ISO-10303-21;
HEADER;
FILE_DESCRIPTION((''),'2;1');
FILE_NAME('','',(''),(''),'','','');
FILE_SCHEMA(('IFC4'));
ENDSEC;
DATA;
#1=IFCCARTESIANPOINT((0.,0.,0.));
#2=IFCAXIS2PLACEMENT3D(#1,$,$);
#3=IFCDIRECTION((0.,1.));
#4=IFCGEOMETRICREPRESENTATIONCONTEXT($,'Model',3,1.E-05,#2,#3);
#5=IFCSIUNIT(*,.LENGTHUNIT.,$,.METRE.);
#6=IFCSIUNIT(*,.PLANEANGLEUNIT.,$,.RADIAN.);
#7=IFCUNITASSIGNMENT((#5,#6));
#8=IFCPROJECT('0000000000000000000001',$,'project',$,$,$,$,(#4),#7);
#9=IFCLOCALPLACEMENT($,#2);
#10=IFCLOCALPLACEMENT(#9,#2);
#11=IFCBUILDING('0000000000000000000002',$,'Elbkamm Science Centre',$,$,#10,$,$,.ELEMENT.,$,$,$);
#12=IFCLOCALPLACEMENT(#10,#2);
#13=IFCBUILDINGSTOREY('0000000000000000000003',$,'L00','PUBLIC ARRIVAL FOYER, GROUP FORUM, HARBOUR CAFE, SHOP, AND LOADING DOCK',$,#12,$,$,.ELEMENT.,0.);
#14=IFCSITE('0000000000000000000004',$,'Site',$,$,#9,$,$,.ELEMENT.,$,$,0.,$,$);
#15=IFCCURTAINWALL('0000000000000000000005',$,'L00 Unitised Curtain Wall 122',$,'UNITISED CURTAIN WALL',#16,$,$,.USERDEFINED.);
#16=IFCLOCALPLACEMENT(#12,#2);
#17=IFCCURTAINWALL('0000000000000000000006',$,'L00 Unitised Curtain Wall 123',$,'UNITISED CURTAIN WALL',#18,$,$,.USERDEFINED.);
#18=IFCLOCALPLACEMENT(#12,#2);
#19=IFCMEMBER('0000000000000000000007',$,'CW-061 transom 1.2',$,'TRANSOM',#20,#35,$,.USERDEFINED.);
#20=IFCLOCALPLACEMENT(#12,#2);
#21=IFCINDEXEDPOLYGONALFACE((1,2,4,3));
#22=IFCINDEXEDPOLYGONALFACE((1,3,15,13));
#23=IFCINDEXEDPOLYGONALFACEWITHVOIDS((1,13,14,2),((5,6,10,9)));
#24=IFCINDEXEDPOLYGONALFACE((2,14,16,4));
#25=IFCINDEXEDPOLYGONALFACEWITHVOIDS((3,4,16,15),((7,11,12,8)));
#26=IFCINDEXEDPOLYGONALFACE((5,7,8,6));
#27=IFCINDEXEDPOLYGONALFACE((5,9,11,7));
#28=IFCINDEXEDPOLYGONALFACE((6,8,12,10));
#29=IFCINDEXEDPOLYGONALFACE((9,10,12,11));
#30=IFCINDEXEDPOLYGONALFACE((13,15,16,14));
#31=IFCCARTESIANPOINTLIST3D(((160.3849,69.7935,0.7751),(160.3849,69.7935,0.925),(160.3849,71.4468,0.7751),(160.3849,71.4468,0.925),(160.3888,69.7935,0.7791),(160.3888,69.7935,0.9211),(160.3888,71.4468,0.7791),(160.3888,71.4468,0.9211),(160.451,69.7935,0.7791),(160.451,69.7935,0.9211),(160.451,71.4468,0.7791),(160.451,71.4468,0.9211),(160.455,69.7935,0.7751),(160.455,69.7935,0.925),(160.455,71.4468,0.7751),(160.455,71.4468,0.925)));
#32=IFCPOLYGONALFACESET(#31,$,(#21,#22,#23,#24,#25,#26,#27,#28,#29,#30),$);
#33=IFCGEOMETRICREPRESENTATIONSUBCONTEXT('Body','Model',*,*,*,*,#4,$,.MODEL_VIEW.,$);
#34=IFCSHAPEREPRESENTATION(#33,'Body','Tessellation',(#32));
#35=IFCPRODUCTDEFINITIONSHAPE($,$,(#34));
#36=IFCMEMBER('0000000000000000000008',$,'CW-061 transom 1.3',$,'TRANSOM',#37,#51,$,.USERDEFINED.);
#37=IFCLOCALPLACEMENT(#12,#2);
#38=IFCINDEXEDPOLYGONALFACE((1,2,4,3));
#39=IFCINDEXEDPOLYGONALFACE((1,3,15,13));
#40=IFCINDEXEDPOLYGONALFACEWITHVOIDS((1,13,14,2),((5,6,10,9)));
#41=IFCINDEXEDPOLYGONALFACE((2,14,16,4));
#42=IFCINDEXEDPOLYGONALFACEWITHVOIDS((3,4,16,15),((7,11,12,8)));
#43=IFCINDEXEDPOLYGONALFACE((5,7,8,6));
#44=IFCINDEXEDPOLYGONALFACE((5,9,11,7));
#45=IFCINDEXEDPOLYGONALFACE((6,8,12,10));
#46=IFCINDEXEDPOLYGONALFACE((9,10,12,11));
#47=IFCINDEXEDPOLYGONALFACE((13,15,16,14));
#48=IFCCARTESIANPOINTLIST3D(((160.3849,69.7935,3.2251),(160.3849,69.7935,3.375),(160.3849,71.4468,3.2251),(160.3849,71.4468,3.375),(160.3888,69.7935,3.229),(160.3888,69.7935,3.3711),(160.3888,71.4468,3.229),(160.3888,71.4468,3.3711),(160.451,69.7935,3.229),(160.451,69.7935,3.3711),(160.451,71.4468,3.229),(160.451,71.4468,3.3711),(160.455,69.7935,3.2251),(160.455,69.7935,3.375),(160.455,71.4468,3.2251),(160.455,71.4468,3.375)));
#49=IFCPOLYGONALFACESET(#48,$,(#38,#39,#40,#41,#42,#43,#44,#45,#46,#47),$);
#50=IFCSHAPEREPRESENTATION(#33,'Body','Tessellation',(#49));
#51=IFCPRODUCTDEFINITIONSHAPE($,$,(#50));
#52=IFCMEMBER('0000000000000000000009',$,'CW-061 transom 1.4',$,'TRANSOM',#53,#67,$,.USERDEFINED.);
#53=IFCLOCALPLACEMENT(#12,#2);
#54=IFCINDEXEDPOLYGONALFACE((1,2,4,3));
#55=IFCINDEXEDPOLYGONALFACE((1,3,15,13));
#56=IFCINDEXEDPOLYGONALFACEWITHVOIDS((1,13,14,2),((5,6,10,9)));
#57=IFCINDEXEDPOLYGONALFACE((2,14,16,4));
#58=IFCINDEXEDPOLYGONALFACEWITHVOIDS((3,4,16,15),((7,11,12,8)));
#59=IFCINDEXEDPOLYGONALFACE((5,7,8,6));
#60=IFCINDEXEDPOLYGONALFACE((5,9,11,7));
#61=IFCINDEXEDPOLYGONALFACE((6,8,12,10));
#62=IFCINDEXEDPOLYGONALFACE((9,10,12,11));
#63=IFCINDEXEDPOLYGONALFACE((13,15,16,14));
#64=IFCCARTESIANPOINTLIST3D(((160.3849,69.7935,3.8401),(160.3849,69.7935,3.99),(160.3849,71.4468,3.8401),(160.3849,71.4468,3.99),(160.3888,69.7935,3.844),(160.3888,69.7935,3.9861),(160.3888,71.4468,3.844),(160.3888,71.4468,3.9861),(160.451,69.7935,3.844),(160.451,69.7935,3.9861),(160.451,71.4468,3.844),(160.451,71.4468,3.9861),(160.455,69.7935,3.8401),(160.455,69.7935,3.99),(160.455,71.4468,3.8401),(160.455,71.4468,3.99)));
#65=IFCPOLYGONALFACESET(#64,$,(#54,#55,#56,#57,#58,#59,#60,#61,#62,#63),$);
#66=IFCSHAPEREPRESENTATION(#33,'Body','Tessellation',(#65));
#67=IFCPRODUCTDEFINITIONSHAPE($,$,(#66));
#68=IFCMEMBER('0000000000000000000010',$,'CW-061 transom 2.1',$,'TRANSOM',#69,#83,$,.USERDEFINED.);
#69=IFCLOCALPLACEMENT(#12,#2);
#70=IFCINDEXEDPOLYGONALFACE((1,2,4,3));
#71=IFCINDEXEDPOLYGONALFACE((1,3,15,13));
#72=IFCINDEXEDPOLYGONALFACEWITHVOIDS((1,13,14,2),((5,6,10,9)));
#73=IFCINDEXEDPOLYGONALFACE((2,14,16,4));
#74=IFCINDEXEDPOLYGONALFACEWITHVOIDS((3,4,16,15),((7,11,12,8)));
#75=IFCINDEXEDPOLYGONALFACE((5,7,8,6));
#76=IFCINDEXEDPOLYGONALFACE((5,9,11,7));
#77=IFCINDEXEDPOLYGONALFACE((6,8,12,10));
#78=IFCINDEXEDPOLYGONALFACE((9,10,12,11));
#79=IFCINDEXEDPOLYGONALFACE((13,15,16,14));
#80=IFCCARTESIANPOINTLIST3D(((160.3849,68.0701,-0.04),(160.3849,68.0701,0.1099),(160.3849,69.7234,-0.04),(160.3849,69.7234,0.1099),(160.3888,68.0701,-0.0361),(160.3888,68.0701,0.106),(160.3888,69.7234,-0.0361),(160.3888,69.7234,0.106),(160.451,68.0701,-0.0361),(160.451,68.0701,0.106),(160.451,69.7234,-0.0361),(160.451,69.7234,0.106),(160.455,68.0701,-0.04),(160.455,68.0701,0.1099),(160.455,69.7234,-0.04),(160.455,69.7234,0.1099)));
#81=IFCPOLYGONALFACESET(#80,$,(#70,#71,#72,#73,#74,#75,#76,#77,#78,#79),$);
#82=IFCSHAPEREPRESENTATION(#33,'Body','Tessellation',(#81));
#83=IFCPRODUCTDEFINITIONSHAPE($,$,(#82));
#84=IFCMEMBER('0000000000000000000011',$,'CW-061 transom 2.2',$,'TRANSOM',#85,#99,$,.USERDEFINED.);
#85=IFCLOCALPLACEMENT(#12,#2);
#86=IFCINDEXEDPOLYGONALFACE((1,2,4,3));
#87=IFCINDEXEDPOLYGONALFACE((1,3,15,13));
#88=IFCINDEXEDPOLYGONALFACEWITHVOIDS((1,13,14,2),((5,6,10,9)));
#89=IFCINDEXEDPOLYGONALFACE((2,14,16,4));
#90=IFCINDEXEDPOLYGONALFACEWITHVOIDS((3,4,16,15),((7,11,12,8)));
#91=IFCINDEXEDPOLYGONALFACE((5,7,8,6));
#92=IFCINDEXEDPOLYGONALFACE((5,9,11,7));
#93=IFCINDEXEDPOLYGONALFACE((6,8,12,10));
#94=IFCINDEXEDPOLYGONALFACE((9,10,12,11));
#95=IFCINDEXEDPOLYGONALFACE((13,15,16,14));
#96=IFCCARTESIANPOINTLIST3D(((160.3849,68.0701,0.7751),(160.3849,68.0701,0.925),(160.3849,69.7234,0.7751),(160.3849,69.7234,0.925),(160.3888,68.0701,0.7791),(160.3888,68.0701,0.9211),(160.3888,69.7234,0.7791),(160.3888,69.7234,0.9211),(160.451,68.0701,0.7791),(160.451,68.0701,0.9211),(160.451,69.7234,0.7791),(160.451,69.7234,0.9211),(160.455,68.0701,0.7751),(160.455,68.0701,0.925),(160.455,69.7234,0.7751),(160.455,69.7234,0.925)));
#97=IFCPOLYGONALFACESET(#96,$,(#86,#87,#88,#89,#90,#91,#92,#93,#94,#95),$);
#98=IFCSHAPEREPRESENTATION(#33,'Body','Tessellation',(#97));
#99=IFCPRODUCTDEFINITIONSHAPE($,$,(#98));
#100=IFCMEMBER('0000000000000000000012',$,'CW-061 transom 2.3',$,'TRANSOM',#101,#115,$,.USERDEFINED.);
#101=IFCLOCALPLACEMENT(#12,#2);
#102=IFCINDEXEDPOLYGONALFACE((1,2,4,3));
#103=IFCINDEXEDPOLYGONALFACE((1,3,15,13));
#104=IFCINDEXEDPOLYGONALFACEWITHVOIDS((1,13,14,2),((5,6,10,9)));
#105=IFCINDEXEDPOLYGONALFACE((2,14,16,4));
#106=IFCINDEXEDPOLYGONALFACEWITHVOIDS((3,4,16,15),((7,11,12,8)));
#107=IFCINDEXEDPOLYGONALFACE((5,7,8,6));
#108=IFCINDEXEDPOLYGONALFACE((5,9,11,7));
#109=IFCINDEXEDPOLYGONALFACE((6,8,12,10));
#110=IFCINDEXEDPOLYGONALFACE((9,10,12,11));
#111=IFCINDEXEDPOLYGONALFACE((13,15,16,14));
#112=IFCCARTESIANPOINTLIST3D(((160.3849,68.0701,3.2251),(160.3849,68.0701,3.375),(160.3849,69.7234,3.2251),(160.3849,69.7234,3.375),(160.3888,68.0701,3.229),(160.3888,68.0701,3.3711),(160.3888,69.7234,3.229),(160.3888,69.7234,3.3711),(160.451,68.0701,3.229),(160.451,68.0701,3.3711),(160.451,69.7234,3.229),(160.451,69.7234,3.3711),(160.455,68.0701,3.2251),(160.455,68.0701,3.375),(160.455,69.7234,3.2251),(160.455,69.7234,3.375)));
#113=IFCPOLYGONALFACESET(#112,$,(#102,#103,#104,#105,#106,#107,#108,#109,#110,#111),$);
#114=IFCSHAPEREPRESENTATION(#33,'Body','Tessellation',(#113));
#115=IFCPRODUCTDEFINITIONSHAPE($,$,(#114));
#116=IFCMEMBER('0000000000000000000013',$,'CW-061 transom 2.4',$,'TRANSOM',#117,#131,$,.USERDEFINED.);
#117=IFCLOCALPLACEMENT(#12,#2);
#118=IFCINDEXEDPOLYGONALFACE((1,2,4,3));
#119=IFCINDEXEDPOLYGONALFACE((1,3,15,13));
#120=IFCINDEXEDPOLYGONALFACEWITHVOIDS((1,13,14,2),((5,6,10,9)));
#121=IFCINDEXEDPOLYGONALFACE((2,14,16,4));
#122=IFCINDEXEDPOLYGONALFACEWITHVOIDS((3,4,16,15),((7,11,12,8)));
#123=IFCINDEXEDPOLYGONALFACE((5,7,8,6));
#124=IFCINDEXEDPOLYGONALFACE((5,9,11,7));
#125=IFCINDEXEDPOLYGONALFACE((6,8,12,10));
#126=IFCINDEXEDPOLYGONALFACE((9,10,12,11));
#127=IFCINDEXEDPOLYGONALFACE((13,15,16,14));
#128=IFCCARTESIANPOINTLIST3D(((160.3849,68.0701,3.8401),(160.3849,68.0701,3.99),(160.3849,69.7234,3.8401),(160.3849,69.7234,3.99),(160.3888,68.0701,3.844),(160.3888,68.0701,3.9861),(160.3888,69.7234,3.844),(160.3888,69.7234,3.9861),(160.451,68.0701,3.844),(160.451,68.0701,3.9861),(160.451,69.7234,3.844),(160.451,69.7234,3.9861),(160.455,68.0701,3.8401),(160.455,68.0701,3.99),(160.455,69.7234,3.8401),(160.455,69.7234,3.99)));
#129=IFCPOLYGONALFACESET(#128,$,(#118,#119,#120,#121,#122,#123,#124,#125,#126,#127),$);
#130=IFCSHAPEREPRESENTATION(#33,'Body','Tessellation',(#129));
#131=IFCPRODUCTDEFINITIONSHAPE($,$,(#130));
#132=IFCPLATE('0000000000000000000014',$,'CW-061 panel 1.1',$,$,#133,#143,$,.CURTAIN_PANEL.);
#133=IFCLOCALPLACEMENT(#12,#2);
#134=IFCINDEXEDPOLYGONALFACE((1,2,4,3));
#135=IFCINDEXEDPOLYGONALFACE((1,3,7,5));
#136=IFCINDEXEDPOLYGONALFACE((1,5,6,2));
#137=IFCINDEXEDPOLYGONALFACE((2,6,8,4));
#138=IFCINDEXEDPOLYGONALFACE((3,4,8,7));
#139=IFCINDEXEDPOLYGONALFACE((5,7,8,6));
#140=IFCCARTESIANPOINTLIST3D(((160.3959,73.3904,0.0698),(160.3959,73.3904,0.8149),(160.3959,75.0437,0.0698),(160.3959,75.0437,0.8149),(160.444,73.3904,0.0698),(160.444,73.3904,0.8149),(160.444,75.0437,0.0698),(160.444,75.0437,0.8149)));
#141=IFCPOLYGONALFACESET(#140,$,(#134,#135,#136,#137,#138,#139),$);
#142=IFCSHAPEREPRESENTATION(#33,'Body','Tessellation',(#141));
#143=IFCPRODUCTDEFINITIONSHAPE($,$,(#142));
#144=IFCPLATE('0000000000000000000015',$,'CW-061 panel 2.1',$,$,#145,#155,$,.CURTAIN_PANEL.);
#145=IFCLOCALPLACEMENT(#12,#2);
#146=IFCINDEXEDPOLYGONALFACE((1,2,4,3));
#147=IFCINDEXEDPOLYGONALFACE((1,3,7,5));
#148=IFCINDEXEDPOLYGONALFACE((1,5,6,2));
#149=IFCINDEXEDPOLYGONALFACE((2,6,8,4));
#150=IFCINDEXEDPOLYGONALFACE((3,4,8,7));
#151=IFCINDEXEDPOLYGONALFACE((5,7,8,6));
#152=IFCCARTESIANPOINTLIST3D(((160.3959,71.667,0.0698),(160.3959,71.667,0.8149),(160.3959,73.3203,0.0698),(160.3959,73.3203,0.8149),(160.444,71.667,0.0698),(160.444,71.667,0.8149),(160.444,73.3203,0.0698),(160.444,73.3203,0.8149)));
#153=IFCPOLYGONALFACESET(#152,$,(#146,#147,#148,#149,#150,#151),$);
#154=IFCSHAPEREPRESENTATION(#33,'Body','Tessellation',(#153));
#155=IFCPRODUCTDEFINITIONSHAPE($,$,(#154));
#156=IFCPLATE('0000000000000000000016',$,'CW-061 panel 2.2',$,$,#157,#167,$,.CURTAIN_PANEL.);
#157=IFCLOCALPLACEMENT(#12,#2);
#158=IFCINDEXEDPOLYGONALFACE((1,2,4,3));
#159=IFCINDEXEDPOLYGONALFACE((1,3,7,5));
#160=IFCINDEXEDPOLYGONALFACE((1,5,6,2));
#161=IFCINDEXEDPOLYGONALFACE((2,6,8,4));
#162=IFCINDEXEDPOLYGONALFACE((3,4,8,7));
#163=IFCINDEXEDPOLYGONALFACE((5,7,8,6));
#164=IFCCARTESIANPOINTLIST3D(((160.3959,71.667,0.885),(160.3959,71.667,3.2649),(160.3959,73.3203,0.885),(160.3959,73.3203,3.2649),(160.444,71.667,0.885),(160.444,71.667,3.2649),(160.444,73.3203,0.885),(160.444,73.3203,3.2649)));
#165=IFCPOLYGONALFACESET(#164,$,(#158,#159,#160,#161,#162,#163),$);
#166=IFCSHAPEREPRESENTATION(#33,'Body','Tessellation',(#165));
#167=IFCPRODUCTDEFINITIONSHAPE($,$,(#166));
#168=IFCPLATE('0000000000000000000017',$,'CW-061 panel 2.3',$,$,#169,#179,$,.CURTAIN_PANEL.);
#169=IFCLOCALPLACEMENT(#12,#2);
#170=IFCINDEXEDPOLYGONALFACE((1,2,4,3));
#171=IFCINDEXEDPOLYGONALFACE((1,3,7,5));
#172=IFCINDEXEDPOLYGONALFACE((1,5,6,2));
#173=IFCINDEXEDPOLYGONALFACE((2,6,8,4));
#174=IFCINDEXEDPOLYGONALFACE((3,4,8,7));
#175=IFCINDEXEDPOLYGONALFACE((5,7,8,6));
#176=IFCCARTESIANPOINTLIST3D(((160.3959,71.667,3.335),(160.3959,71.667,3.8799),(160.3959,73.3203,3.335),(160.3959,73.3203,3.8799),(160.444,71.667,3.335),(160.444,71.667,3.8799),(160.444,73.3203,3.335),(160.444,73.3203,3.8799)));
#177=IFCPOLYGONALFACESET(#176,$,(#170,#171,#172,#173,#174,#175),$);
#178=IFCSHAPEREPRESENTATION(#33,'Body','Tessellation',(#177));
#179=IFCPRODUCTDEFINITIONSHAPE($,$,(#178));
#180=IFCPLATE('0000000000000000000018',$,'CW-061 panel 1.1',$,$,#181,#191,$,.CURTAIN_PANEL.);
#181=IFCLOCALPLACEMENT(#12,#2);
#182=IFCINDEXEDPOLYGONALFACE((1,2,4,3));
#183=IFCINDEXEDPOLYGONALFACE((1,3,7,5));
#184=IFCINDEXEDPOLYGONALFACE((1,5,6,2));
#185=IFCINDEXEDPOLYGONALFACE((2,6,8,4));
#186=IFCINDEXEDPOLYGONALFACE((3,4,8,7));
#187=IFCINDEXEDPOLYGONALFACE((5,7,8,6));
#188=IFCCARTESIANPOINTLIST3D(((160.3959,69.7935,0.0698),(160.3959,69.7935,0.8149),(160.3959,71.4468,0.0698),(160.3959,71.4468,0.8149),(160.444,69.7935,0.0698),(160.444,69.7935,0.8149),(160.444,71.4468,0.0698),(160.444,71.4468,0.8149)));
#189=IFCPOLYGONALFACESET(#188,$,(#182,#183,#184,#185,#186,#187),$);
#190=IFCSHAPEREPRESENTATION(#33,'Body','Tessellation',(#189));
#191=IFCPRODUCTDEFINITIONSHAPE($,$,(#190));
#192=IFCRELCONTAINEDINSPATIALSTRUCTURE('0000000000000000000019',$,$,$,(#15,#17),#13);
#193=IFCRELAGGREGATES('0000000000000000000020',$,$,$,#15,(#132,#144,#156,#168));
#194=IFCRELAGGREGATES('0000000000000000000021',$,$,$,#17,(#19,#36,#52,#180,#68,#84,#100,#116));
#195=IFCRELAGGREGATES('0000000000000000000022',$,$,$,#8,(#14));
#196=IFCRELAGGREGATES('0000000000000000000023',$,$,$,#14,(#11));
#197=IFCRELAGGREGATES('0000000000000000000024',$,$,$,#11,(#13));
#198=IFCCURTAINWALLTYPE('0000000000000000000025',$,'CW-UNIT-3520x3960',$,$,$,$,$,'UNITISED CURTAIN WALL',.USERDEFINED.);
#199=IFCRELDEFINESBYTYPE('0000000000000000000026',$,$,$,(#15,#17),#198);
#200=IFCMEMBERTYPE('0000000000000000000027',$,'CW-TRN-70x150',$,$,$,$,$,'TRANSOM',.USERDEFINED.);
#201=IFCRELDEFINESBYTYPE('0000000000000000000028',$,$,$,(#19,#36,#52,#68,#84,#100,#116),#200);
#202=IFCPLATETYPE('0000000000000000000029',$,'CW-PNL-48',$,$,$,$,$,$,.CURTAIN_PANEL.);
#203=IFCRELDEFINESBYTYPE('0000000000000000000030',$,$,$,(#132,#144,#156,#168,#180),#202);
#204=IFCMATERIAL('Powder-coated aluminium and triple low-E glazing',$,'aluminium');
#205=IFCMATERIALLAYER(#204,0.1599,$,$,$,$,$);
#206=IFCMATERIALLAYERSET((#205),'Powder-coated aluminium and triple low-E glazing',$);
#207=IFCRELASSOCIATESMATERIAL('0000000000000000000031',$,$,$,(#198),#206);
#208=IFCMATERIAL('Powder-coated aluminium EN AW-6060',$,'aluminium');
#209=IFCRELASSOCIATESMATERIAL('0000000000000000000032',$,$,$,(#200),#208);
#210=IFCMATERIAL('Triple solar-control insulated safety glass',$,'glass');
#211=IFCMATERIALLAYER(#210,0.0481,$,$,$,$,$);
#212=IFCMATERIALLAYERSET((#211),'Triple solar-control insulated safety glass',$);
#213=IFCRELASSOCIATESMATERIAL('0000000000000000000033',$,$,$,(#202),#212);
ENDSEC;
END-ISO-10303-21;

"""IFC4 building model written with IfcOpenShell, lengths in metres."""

from ifc_helpers import new_model, si_unit, direction, frame, origin, origin_2d, place, context, subcontext, project, spatial, rectangle, hollow_rectangle, extrude, material, layer, layer_set, material_profile, profile_set, type_object, element, aggregate, save


model = new_model("IFC4")

# Units and contexts
model_context = context("Model", 3, precision=1e-05, world=origin(), true_north=direction((0.0, 1.0)))
body_context = subcontext(model_context, "Body", "Model", "MODEL_VIEW")
ifc_project = project(units=[si_unit("LENGTHUNIT", "METRE"), si_unit("PLANEANGLEUNIT", "RADIAN")], contexts=[model_context])

# Site, building, storey
site_placement = place(None, origin())
site = spatial("IfcSite", under=ifc_project, at=site_placement, Name="Site", CompositionType="ELEMENT", RefElevation=0.0)
building_placement = place(site_placement, origin())
building = spatial("IfcBuilding", under=site, at=building_placement, Name="Elbkamm Science Centre", CompositionType="ELEMENT")
storey_placement = place(building_placement, origin())
storey = spatial("IfcBuildingStorey", under=building, at=storey_placement, Name="L00", Description="PUBLIC ARRIVAL FOYER, GROUP FORUM, HARBOUR CAFE, SHOP, AND LOADING DOCK", CompositionType="ELEMENT", Elevation=0.0)

# Curtain walls
ifc_material_1 = material(Name="Powder-coated aluminium and triple low-E glazing", Category="aluminium")
ifc_layer_1 = layer(ifc_material_1, 0.1599)
ifc_layer_set_1 = layer_set([ifc_layer_1], Name="Powder-coated aluminium and triple low-E glazing")
curtain_wall_type = type_object("IfcCurtainWallType", Name="CW-UNIT-3520x3960", ElementType="UNITISED CURTAIN WALL", PredefinedType="USERDEFINED", material=ifc_layer_set_1)
curtain_wall_1_placement = place(storey_placement, origin())
curtain_wall_1 = element("IfcCurtainWall", 1, at=curtain_wall_1_placement, inside=storey, type_object=curtain_wall_type, Name="L00 Unitised Curtain Wall 122", ObjectType="UNITISED CURTAIN WALL", PredefinedType="USERDEFINED")
ifc_material_2 = material(Name="Powder-coated aluminium EN AW-6060", Category="aluminium")
curtain_wall_2_placement = place(storey_placement, origin())
curtain_wall_2 = element("IfcCurtainWall", 2, at=curtain_wall_2_placement, inside=storey, type_object=curtain_wall_type, Name="L00 Unitised Curtain Wall 123", ObjectType="UNITISED CURTAIN WALL", PredefinedType="USERDEFINED")

# Members
ifc_material_profile_1 = material_profile(ifc_material_2, hollow_rectangle(XDim=0.0701, YDim=0.1499, WallThickness=0.0039, at=origin_2d()), Name="ALU T70x150")
ifc_profile_set_1 = profile_set([ifc_material_profile_1], Name="Powder-coated aluminium EN AW-6060")
member_type_1 = type_object("IfcMemberType", Name="CW-TRN-70x150", ElementType="TRANSOM", PredefinedType="USERDEFINED", material=ifc_profile_set_1)
member_1_placement = place(storey_placement, frame((160.4199, 71.4468, 0.8501), z_axis=(0.0, -1.0, 0.0), x_axis=(1.0, 0.0, 0.0)))
member_1 = element("IfcMember", 3, at=member_1_placement, type_object=member_type_1, Name="CW-061 transom 1.2", ObjectType="TRANSOM", PredefinedType="USERDEFINED", context=body_context, shape_type="SweptSolid", body=[
    extrude(hollow_rectangle(XDim=0.0701, YDim=0.1499, WallThickness=0.0039, at=origin_2d()), origin(), (0.0, 0.0, 1.0), 1.6533),
])
member_2_placement = place(storey_placement, frame((160.4199, 71.4468, 3.3), z_axis=(0.0, -1.0, 0.0), x_axis=(1.0, 0.0, 0.0)))
member_2 = element("IfcMember", 4, at=member_2_placement, type_object=member_type_1, Name="CW-061 transom 1.3", ObjectType="TRANSOM", PredefinedType="USERDEFINED", context=body_context, shape_type="SweptSolid", body=[
    extrude(hollow_rectangle(XDim=0.0701, YDim=0.1499, WallThickness=0.0039, at=origin_2d()), origin(), (0.0, 0.0, 1.0), 1.6533),
])
member_3_placement = place(storey_placement, frame((160.4199, 71.4468, 3.915), z_axis=(0.0, -1.0, 0.0), x_axis=(1.0, 0.0, 0.0)))
member_3 = element("IfcMember", 5, at=member_3_placement, type_object=member_type_1, Name="CW-061 transom 1.4", ObjectType="TRANSOM", PredefinedType="USERDEFINED", context=body_context, shape_type="SweptSolid", body=[
    extrude(hollow_rectangle(XDim=0.0701, YDim=0.1499, WallThickness=0.0039, at=origin_2d()), origin(), (0.0, 0.0, 1.0), 1.6533),
])
member_4_placement = place(storey_placement, frame((160.4199, 69.7234, 0.0349), z_axis=(0.0, -1.0, 0.0), x_axis=(1.0, 0.0, 0.0)))
member_4 = element("IfcMember", 6, at=member_4_placement, type_object=member_type_1, Name="CW-061 transom 2.1", ObjectType="TRANSOM", PredefinedType="USERDEFINED", context=body_context, shape_type="SweptSolid", body=[
    extrude(hollow_rectangle(XDim=0.0701, YDim=0.1499, WallThickness=0.0039, at=origin_2d()), origin(), (0.0, 0.0, 1.0), 1.6533),
])
member_5_placement = place(storey_placement, frame((160.4199, 69.7234, 0.8501), z_axis=(0.0, -1.0, 0.0), x_axis=(1.0, 0.0, 0.0)))
member_5 = element("IfcMember", 7, at=member_5_placement, type_object=member_type_1, Name="CW-061 transom 2.2", ObjectType="TRANSOM", PredefinedType="USERDEFINED", context=body_context, shape_type="SweptSolid", body=[
    extrude(hollow_rectangle(XDim=0.0701, YDim=0.1499, WallThickness=0.0039, at=origin_2d()), origin(), (0.0, 0.0, 1.0), 1.6533),
])
member_6_placement = place(storey_placement, frame((160.4199, 69.7234, 3.3), z_axis=(0.0, -1.0, 0.0), x_axis=(1.0, 0.0, 0.0)))
member_6 = element("IfcMember", 8, at=member_6_placement, type_object=member_type_1, Name="CW-061 transom 2.3", ObjectType="TRANSOM", PredefinedType="USERDEFINED", context=body_context, shape_type="SweptSolid", body=[
    extrude(hollow_rectangle(XDim=0.0701, YDim=0.1499, WallThickness=0.0039, at=origin_2d()), origin(), (0.0, 0.0, 1.0), 1.6533),
])
member_7_placement = place(storey_placement, frame((160.4199, 69.7234, 3.915), z_axis=(0.0, -1.0, 0.0), x_axis=(1.0, 0.0, 0.0)))
member_7 = element("IfcMember", 9, at=member_7_placement, type_object=member_type_1, Name="CW-061 transom 2.4", ObjectType="TRANSOM", PredefinedType="USERDEFINED", context=body_context, shape_type="SweptSolid", body=[
    extrude(hollow_rectangle(XDim=0.0701, YDim=0.1499, WallThickness=0.0039, at=origin_2d()), origin(), (0.0, 0.0, 1.0), 1.6533),
])

# Plates
ifc_material_3 = material(Name="Triple solar-control insulated safety glass", Category="glass")
ifc_layer_2 = layer(ifc_material_3, 0.0481)
ifc_layer_set_2 = layer_set([ifc_layer_2], Name="Triple solar-control insulated safety glass")
plate_type = type_object("IfcPlateType", Name="CW-PNL-48", PredefinedType="CURTAIN_PANEL", material=ifc_layer_set_2)
plate_1_placement = place(storey_placement, frame((160.4199, 74.217, 0.0698), z_axis=(0.0, 0.0, 1.0), x_axis=(0.0, -1.0, 0.0)))
plate_1 = element("IfcPlate", 10, at=plate_1_placement, type_object=plate_type, Name="CW-061 panel 1.1", PredefinedType="CURTAIN_PANEL", context=body_context, shape_type="SweptSolid", body=[
    extrude(rectangle(XDim=1.6533, YDim=0.0481, at=origin_2d()), origin(), (0.0, 0.0, 1.0), 0.7451),
])
plate_2_placement = place(storey_placement, frame((160.4199, 72.4937, 0.0698), z_axis=(0.0, 0.0, 1.0), x_axis=(0.0, -1.0, 0.0)))
plate_2 = element("IfcPlate", 11, at=plate_2_placement, type_object=plate_type, Name="CW-061 panel 2.1", PredefinedType="CURTAIN_PANEL", context=body_context, shape_type="SweptSolid", body=[
    extrude(rectangle(XDim=1.6533, YDim=0.0481, at=origin_2d()), origin(), (0.0, 0.0, 1.0), 0.7451),
])
plate_3_placement = place(storey_placement, frame((160.4199, 72.4937, 0.885), z_axis=(0.0, 0.0, 1.0), x_axis=(0.0, -1.0, 0.0)))
plate_3 = element("IfcPlate", 12, at=plate_3_placement, type_object=plate_type, Name="CW-061 panel 2.2", PredefinedType="CURTAIN_PANEL", context=body_context, shape_type="SweptSolid", body=[
    extrude(rectangle(XDim=1.6533, YDim=0.0481, at=origin_2d()), origin(), (0.0, 0.0, 1.0), 2.3799),
])
plate_4_placement = place(storey_placement, frame((160.4199, 72.4937, 3.335), z_axis=(0.0, 0.0, 1.0), x_axis=(0.0, -1.0, 0.0)))
plate_4 = element("IfcPlate", 13, at=plate_4_placement, type_object=plate_type, Name="CW-061 panel 2.3", PredefinedType="CURTAIN_PANEL", context=body_context, shape_type="SweptSolid", body=[
    extrude(rectangle(XDim=1.6533, YDim=0.0481, at=origin_2d()), origin(), (0.0, 0.0, 1.0), 0.5449),
])
aggregate(curtain_wall_1, [plate_1, plate_2, plate_3, plate_4])
plate_5_placement = place(storey_placement, frame((160.4199, 70.6201, 0.0698), z_axis=(0.0, 0.0, 1.0), x_axis=(0.0, -1.0, 0.0)))
plate_5 = element("IfcPlate", 14, at=plate_5_placement, type_object=plate_type, Name="CW-061 panel 1.1", PredefinedType="CURTAIN_PANEL", context=body_context, shape_type="SweptSolid", body=[
    extrude(rectangle(XDim=1.6533, YDim=0.0481, at=origin_2d()), origin(), (0.0, 0.0, 1.0), 0.7451),
])
aggregate(curtain_wall_2, [member_1, member_2, member_3, plate_5, member_4, member_5, member_6, member_7])

save(model, "model.ifc")
